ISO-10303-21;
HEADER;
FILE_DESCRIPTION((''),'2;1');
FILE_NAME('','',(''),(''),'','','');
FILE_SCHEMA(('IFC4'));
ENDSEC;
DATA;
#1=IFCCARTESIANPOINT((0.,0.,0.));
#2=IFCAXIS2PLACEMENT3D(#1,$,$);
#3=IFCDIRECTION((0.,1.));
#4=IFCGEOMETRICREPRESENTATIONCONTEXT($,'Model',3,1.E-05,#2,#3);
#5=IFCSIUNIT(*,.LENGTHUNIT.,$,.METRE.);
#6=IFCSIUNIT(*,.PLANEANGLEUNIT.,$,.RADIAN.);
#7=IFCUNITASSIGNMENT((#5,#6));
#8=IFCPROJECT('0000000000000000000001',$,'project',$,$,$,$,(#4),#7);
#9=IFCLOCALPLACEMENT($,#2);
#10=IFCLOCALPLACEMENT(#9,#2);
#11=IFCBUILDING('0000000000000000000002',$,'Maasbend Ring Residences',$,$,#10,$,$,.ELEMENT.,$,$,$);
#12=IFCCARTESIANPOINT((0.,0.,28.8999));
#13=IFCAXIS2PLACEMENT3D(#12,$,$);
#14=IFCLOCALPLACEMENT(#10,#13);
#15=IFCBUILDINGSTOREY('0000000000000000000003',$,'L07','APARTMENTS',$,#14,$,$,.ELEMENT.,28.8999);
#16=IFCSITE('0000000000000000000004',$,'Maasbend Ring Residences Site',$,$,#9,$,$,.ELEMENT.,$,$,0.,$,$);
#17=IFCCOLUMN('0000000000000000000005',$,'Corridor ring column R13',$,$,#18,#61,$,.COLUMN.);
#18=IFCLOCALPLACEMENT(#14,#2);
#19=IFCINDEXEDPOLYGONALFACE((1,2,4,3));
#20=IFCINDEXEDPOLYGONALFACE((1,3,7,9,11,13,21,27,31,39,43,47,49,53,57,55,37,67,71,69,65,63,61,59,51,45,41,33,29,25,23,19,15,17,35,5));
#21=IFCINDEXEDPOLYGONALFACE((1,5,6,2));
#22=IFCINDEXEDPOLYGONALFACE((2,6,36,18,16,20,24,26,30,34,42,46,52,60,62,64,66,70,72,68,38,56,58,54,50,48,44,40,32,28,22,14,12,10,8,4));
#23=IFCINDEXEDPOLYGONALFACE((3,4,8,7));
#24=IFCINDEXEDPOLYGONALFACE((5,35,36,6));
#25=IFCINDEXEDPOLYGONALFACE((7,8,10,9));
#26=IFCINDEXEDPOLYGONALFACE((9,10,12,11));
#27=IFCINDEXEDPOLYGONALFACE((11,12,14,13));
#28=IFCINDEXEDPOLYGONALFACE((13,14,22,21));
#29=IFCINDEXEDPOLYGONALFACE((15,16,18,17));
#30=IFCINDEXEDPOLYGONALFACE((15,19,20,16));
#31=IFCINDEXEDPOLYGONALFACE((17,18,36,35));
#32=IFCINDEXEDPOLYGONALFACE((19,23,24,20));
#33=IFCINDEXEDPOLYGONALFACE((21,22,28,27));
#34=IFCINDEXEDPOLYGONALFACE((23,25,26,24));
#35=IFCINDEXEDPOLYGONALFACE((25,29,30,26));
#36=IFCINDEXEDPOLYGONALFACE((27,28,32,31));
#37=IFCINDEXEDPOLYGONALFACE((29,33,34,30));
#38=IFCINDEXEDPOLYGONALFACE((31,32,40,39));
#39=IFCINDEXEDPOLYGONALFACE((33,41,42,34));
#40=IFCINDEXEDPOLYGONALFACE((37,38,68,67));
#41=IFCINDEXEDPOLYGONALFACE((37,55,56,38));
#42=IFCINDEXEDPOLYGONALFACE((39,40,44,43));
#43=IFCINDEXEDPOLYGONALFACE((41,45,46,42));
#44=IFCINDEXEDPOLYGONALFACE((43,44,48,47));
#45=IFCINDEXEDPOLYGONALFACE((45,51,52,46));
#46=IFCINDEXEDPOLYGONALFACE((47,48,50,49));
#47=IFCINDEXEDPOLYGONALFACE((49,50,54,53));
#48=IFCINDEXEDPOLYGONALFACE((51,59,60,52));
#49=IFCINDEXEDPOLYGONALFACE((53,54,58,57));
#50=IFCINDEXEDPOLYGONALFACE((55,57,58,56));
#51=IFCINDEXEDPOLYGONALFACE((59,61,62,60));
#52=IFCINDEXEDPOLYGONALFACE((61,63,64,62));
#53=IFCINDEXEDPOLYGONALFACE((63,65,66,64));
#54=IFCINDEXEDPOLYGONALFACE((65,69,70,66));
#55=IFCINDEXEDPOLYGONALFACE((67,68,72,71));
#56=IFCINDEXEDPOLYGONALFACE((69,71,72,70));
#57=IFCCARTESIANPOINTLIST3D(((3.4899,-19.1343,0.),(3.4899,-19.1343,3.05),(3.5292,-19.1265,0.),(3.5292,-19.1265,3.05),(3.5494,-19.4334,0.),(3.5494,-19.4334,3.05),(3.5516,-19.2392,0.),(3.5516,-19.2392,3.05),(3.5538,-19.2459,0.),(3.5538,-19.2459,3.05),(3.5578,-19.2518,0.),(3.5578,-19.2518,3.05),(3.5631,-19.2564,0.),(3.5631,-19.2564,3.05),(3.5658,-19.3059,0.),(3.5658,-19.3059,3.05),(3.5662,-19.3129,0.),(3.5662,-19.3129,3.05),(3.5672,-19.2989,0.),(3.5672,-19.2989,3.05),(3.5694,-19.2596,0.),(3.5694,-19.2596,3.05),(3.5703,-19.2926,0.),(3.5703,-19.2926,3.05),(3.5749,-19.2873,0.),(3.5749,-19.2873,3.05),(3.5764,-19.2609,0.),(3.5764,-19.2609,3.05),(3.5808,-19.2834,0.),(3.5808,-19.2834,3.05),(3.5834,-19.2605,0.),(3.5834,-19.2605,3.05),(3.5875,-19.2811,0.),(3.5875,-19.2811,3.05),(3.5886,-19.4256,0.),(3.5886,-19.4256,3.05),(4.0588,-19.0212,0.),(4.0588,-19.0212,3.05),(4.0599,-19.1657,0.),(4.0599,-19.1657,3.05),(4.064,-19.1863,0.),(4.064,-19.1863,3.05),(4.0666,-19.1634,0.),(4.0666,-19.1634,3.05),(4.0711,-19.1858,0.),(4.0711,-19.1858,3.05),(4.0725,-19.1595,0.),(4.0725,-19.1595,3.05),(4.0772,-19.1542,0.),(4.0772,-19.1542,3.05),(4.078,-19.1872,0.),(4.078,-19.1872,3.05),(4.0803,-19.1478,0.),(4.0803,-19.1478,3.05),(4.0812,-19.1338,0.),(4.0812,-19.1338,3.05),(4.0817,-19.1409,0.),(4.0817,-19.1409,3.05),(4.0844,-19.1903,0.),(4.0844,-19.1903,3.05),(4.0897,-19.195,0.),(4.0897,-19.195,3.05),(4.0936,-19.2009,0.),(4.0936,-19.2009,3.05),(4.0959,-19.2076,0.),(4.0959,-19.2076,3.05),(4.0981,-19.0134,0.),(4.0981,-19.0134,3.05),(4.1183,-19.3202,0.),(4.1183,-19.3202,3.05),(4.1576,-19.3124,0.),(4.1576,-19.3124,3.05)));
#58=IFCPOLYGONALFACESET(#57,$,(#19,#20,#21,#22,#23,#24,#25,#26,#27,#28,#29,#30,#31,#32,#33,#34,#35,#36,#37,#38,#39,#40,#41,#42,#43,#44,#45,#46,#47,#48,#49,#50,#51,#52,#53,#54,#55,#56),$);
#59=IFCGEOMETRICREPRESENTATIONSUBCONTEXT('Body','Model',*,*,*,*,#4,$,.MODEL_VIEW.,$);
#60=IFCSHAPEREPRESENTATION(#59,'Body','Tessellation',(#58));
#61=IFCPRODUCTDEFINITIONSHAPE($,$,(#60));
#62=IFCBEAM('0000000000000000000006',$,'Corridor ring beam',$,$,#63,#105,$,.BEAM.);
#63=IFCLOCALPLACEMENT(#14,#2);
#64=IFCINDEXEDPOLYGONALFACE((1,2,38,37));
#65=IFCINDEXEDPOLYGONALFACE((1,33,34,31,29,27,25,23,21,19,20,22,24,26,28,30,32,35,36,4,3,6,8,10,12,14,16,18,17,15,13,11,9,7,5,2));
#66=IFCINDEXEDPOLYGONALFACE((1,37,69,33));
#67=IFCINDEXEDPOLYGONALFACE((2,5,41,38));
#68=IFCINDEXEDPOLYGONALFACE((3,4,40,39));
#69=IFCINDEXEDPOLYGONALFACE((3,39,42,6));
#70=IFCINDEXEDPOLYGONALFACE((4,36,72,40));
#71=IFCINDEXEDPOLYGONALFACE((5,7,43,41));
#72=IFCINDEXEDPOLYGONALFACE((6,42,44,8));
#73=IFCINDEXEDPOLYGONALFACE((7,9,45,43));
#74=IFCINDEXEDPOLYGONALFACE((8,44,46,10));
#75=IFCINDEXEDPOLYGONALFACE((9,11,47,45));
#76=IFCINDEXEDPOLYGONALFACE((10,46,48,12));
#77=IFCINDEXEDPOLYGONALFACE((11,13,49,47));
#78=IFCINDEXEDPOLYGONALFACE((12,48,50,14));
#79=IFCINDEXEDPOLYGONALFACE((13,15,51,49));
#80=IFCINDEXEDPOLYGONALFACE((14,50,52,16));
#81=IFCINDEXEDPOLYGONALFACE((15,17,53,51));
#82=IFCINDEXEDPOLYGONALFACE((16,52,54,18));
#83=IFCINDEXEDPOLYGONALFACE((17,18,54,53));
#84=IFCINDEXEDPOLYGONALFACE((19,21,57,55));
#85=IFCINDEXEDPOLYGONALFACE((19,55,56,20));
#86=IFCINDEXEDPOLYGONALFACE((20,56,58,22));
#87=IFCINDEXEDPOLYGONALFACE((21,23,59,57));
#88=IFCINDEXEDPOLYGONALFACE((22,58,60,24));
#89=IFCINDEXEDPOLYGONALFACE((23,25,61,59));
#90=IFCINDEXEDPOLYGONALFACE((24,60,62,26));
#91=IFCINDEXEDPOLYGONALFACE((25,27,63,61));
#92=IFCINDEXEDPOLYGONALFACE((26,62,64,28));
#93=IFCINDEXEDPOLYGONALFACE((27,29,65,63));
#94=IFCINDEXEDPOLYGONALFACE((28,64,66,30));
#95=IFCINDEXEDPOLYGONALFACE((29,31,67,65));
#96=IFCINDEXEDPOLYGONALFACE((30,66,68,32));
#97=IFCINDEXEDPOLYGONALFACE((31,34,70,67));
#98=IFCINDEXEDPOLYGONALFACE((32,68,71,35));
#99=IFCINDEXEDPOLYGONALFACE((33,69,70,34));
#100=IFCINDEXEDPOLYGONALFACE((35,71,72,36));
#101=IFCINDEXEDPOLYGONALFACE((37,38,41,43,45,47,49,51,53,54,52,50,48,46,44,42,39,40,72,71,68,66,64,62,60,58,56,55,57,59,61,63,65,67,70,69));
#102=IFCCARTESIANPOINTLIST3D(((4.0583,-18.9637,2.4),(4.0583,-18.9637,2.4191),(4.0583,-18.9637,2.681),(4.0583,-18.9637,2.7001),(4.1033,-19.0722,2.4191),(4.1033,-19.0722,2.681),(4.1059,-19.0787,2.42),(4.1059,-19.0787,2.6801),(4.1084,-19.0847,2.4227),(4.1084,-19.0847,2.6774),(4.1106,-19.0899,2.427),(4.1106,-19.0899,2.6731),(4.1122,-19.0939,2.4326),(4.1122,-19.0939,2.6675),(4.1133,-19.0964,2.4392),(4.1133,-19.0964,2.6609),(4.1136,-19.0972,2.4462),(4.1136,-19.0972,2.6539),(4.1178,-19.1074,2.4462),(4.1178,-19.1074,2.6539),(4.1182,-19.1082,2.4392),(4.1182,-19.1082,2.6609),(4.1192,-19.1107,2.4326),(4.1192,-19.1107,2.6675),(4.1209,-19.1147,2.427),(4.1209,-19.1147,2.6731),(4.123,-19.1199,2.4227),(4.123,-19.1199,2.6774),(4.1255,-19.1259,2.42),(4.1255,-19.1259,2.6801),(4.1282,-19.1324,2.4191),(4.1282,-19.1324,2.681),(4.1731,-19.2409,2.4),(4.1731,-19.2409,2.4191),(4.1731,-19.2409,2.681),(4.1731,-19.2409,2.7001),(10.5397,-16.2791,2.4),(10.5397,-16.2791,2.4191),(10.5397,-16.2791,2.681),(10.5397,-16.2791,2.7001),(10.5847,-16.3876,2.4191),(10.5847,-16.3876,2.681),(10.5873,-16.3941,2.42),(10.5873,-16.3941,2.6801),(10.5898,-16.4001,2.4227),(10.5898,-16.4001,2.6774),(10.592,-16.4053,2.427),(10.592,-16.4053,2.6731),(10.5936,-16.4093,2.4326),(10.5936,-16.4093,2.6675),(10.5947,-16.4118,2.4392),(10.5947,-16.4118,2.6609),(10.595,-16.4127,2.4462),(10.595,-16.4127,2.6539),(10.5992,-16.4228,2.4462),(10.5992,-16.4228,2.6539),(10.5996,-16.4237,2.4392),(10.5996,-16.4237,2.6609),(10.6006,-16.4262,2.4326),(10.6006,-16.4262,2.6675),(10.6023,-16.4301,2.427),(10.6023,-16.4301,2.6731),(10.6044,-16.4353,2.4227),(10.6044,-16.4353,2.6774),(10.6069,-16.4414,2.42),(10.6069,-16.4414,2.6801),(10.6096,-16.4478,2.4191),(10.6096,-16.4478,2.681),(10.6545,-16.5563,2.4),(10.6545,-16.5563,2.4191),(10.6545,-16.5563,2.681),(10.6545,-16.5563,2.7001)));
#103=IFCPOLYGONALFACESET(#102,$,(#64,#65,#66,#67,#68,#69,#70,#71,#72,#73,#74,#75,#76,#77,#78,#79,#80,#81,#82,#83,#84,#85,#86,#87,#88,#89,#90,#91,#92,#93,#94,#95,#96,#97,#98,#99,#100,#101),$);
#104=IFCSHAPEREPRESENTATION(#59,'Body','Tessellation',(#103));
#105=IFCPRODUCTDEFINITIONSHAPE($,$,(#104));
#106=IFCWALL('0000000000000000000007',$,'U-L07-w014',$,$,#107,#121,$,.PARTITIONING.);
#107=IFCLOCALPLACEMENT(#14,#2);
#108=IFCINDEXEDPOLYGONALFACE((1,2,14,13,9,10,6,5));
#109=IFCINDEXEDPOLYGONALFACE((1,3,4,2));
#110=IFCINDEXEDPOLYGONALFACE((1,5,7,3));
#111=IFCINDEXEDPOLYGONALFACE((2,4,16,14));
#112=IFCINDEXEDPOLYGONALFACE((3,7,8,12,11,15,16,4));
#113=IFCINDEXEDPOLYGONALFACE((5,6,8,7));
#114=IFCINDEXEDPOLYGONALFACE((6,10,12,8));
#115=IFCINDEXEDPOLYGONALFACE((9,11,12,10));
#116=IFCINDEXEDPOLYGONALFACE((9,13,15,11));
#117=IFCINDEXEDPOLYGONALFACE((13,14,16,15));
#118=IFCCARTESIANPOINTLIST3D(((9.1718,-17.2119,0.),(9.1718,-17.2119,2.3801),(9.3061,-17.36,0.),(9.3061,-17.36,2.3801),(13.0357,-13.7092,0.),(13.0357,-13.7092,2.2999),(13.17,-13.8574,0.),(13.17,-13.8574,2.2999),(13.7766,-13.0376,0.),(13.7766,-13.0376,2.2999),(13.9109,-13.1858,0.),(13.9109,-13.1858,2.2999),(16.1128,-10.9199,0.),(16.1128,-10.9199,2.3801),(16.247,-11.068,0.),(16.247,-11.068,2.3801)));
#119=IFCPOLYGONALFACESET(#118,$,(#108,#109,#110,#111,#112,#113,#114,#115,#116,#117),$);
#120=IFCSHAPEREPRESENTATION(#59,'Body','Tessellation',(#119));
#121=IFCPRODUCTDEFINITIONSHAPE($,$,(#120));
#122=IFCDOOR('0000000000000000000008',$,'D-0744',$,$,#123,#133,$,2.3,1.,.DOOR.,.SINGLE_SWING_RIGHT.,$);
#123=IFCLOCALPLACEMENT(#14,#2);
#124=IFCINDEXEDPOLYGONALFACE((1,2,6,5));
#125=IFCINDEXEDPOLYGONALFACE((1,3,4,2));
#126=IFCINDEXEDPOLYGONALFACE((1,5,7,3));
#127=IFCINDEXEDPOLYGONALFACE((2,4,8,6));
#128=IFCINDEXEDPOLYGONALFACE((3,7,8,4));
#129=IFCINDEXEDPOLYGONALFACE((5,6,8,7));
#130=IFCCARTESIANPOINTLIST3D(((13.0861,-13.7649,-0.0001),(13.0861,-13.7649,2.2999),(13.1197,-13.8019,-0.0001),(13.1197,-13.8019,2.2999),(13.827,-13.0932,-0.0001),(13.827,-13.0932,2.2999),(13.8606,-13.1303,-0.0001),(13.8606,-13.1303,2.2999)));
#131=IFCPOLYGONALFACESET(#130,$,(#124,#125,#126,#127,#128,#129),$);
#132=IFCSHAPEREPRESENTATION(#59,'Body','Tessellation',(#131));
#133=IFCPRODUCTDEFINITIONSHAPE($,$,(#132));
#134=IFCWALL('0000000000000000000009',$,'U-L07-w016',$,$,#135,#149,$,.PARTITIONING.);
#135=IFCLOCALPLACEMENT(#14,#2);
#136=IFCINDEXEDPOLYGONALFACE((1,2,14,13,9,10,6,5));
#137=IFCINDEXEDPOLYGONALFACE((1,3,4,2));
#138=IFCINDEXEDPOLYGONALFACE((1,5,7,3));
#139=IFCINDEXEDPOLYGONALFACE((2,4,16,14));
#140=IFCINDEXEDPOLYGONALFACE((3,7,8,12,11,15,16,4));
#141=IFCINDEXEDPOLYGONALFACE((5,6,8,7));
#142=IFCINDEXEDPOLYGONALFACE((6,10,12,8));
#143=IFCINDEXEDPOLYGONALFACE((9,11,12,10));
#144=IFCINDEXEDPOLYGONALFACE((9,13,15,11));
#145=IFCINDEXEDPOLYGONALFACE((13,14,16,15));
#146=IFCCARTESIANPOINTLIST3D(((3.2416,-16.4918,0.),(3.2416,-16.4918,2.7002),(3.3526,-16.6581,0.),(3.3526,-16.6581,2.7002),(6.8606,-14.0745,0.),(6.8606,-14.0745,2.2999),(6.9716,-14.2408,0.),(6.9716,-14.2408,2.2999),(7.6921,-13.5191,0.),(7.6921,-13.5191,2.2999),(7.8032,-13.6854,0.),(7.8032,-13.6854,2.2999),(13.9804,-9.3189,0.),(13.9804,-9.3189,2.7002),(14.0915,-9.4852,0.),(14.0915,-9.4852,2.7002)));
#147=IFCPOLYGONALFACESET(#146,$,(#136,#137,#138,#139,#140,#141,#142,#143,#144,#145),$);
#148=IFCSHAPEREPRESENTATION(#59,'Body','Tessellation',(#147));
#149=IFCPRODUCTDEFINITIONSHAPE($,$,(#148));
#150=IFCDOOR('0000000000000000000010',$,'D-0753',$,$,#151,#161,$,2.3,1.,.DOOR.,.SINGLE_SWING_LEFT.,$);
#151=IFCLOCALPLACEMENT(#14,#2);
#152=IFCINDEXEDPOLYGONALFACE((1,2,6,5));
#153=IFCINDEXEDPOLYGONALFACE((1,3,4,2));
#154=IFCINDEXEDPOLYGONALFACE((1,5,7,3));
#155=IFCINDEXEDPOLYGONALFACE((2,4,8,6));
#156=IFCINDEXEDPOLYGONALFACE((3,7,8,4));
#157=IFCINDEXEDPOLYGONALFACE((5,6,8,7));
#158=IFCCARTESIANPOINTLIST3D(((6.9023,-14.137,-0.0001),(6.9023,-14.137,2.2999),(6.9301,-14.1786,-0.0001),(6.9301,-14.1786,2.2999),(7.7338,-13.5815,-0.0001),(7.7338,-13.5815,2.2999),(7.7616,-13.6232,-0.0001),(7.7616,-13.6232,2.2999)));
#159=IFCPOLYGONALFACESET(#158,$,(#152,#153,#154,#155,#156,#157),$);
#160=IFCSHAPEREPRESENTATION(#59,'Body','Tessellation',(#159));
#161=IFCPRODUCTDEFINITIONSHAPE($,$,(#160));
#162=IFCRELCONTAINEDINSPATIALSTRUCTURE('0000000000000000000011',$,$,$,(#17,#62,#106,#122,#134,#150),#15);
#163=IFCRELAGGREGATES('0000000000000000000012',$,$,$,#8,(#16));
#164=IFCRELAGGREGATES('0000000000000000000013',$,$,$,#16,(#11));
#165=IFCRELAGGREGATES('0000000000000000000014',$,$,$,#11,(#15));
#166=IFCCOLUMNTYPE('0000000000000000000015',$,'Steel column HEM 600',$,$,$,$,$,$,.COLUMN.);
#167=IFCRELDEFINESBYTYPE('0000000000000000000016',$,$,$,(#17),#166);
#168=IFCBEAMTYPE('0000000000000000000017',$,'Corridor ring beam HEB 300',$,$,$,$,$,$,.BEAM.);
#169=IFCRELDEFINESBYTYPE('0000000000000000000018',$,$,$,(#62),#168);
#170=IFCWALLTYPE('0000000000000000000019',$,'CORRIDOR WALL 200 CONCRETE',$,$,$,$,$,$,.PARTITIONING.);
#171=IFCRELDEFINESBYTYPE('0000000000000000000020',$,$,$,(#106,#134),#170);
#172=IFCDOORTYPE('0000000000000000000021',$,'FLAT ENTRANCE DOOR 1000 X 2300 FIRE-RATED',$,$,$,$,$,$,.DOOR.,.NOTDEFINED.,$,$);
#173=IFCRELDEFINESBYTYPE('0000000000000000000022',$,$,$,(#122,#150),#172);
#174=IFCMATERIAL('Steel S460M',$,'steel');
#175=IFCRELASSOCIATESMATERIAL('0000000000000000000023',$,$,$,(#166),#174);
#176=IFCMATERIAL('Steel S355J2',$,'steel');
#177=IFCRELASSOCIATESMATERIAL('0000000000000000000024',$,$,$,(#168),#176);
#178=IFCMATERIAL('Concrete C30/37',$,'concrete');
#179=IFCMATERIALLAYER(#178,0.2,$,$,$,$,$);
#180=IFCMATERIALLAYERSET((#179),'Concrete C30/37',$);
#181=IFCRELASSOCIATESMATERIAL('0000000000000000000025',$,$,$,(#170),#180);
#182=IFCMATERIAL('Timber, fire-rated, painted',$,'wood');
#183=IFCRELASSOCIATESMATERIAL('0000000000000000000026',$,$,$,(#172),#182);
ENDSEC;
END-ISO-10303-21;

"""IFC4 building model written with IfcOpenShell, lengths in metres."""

from ifc_helpers import new_model, si_unit, direction, frame, frame_2d, origin, origin_2d, place, context, subcontext, project, spatial, rectangle, i_section, extrude, material, layer, layer_set, material_profile, profile_set, type_object, element, fill, save


model = new_model("IFC4")

# Units and contexts
model_context = context("Model", 3, precision=1e-05, world=origin(), true_north=direction((0.0, 1.0)))
body_context = subcontext(model_context, "Body", "Model", "MODEL_VIEW")
ifc_project = project(units=[si_unit("LENGTHUNIT", "METRE"), si_unit("PLANEANGLEUNIT", "RADIAN")], contexts=[model_context])

# Site, building, storey
site_placement = place(None, origin())
site = spatial("IfcSite", under=ifc_project, at=site_placement, Name="Maasbend Ring Residences Site", CompositionType="ELEMENT", RefElevation=0.0)
building_placement = place(site_placement, origin())
building = spatial("IfcBuilding", under=site, at=building_placement, Name="Maasbend Ring Residences", CompositionType="ELEMENT")
storey_placement = place(building_placement, frame((0.0, 0.0, 28.8999)))
storey = spatial("IfcBuildingStorey", under=building, at=storey_placement, Name="L07", Description="APARTMENTS", CompositionType="ELEMENT", Elevation=28.8999)

# Column
ifc_material_1 = material(Name="Steel S460M", Category="steel")
ifc_material_profile_1 = material_profile(ifc_material_1, i_section(OverallWidth=0.3049, OverallDepth=0.6201, WebThickness=0.021, FlangeThickness=0.04, FilletRadius=0.0271, at=origin_2d()), Name="HEM 600")
ifc_profile_set_1 = profile_set([ifc_material_profile_1], Name="Steel S460M")
column_type = type_object("IfcColumnType", Name="Steel column HEM 600", PredefinedType="COLUMN", material=ifc_profile_set_1)
column_placement = place(storey_placement, frame((3.8237, -19.2234, 0.0), z_axis=(0.0, 0.0, 1.0), x_axis=(0.19509, -0.980785, 0.0)))
element("IfcColumn", 1, at=column_placement, inside=storey, type_object=column_type, Name="Corridor ring column R13", PredefinedType="COLUMN", context=body_context, shape_type="SweptSolid", body=[
    extrude(i_section(OverallWidth=0.3049, OverallDepth=0.6201, WebThickness=0.021, FlangeThickness=0.04, FilletRadius=0.0271, at=origin_2d()), origin(), (0.0, 0.0, 1.0), 3.05),
])

# Beam
ifc_material_2 = material(Name="Steel S355J2", Category="steel")
ifc_material_profile_2 = material_profile(ifc_material_2, i_section(OverallWidth=0.3, OverallDepth=0.3, WebThickness=0.011, FlangeThickness=0.019, FilletRadius=0.0271, at=origin_2d()), Name="HEB 300")
ifc_profile_set_2 = profile_set([ifc_material_profile_2], Name="Steel S355J2")
beam_type = type_object("IfcBeamType", Name="Corridor ring beam HEB 300", PredefinedType="BEAM", material=ifc_profile_set_2)
beam_placement = place(storey_placement, frame((4.1157, -19.1023, 2.55), z_axis=(0.923886, 0.382667, 0.0), x_axis=(-0.382667, 0.923886, 0.0)))
element("IfcBeam", 2, at=beam_placement, inside=storey, type_object=beam_type, Name="Corridor ring beam", PredefinedType="BEAM", context=body_context, shape_type="SweptSolid", body=[
    extrude(i_section(OverallWidth=0.3, OverallDepth=0.3, WebThickness=0.011, FlangeThickness=0.019, FilletRadius=0.0271, at=origin_2d()), origin(), (0.0, 0.0, 1.0), 7.0154),
])

# Walls, openings, doors
ifc_material_3 = material(Name="Concrete C30/37", Category="concrete")
ifc_layer_1 = layer(ifc_material_3, 0.2)
ifc_layer_set_1 = layer_set([ifc_layer_1], Name="Concrete C30/37")
wall_type_1 = type_object("IfcWallType", Name="CORRIDOR WALL 200 CONCRETE", PredefinedType="PARTITIONING", material=ifc_layer_set_1)
wall_1_placement = place(storey_placement, frame((9.239, -17.2859, 0.0), z_axis=(0.0, 0.0, 1.0), x_axis=(0.740892, 0.671624, 0.0)))
wall_1 = element("IfcWall", 3, at=wall_1_placement, inside=storey, type_object=wall_type_1, Name="U-L07-w014", PredefinedType="PARTITIONING", context=body_context, shape_type="SweptSolid", body=[
    extrude(rectangle(XDim=9.3684, YDim=0.2, at=frame_2d((4.6841, 0.0))), origin(), (0.0, 0.0, 1.0), 2.3801),
])
opening_1_placement = place(wall_1_placement, frame((5.2151, 0.0, 0.0)))
opening_1 = element("IfcOpeningElement", 4, at=opening_1_placement, cuts=wall_1, PredefinedType="OPENING", context=body_context, shape_type="SweptSolid", body=[
    extrude(rectangle(XDim=1.0, YDim=2.3, at=frame_2d((0.5, 1.1499))), frame((0.0, 0.1099, 0.0), z_axis=(0.0, -1.0, 0.0), x_axis=(1.0, 0.0, 0.0)), (0.0, 0.0, 1.0), 0.22),
])
ifc_material_4 = material(Name="Timber, fire-rated, painted", Category="wood")
door_type_1 = type_object("IfcDoorType", Name="FLAT ENTRANCE DOOR 1000 X 2300 FIRE-RATED", OperationType="NOTDEFINED", PredefinedType="DOOR", material=ifc_material_4)
door_1_placement = place(opening_1_placement, origin())
door_1 = element("IfcDoor", 5, at=door_1_placement, inside=storey, type_object=door_type_1, Name="D-0744", OperationType="SINGLE_SWING_RIGHT", OverallHeight=2.3, OverallWidth=1.0, PredefinedType="DOOR", context=body_context, shape_type="SweptSolid", body=[
    extrude(rectangle(XDim=1.0, YDim=2.3, at=frame_2d((0.5, 1.1499))), frame((0.0, 0.0249, 0.0), z_axis=(0.0, -1.0, 0.0), x_axis=(1.0, 0.0, 0.0)), (0.0, 0.0, 1.0), 0.05),
])
fill(opening_1, door_1)
wall_2_placement = place(storey_placement, frame((3.2971, -16.575, 0.0), z_axis=(0.0, 0.0, 1.0), x_axis=(0.831561, 0.555433, 0.0)))
wall_2 = element("IfcWall", 6, at=wall_2_placement, inside=storey, type_object=wall_type_1, Name="U-L07-w016", PredefinedType="PARTITIONING", context=body_context, shape_type="SweptSolid", body=[
    extrude(rectangle(XDim=12.9141, YDim=0.2, at=frame_2d((6.457, 0.0))), origin(), (0.0, 0.0, 1.0), 2.7002),
])
opening_2_placement = place(wall_2_placement, frame((4.3521, 0.0, 0.0)))
opening_2 = element("IfcOpeningElement", 7, at=opening_2_placement, cuts=wall_2, PredefinedType="OPENING", context=body_context, shape_type="SweptSolid", body=[
    extrude(rectangle(XDim=1.0, YDim=2.3, at=frame_2d((0.5, 1.1499))), frame((0.0, 0.1099, 0.0), z_axis=(0.0, -1.0, 0.0), x_axis=(1.0, 0.0, 0.0)), (0.0, 0.0, 1.0), 0.22),
])
door_2_placement = place(opening_2_placement, origin())
door_2 = element("IfcDoor", 8, at=door_2_placement, inside=storey, type_object=door_type_1, Name="D-0753", OperationType="SINGLE_SWING_LEFT", OverallHeight=2.3, OverallWidth=1.0, PredefinedType="DOOR", context=body_context, shape_type="SweptSolid", body=[
    extrude(rectangle(XDim=1.0, YDim=2.3, at=frame_2d((0.5, 1.1499))), frame((0.0, 0.0249, 0.0), z_axis=(0.0, -1.0, 0.0), x_axis=(1.0, 0.0, 0.0)), (0.0, 0.0, 1.0), 0.05),
])
fill(opening_2, door_2)

save(model, "model.ifc")
